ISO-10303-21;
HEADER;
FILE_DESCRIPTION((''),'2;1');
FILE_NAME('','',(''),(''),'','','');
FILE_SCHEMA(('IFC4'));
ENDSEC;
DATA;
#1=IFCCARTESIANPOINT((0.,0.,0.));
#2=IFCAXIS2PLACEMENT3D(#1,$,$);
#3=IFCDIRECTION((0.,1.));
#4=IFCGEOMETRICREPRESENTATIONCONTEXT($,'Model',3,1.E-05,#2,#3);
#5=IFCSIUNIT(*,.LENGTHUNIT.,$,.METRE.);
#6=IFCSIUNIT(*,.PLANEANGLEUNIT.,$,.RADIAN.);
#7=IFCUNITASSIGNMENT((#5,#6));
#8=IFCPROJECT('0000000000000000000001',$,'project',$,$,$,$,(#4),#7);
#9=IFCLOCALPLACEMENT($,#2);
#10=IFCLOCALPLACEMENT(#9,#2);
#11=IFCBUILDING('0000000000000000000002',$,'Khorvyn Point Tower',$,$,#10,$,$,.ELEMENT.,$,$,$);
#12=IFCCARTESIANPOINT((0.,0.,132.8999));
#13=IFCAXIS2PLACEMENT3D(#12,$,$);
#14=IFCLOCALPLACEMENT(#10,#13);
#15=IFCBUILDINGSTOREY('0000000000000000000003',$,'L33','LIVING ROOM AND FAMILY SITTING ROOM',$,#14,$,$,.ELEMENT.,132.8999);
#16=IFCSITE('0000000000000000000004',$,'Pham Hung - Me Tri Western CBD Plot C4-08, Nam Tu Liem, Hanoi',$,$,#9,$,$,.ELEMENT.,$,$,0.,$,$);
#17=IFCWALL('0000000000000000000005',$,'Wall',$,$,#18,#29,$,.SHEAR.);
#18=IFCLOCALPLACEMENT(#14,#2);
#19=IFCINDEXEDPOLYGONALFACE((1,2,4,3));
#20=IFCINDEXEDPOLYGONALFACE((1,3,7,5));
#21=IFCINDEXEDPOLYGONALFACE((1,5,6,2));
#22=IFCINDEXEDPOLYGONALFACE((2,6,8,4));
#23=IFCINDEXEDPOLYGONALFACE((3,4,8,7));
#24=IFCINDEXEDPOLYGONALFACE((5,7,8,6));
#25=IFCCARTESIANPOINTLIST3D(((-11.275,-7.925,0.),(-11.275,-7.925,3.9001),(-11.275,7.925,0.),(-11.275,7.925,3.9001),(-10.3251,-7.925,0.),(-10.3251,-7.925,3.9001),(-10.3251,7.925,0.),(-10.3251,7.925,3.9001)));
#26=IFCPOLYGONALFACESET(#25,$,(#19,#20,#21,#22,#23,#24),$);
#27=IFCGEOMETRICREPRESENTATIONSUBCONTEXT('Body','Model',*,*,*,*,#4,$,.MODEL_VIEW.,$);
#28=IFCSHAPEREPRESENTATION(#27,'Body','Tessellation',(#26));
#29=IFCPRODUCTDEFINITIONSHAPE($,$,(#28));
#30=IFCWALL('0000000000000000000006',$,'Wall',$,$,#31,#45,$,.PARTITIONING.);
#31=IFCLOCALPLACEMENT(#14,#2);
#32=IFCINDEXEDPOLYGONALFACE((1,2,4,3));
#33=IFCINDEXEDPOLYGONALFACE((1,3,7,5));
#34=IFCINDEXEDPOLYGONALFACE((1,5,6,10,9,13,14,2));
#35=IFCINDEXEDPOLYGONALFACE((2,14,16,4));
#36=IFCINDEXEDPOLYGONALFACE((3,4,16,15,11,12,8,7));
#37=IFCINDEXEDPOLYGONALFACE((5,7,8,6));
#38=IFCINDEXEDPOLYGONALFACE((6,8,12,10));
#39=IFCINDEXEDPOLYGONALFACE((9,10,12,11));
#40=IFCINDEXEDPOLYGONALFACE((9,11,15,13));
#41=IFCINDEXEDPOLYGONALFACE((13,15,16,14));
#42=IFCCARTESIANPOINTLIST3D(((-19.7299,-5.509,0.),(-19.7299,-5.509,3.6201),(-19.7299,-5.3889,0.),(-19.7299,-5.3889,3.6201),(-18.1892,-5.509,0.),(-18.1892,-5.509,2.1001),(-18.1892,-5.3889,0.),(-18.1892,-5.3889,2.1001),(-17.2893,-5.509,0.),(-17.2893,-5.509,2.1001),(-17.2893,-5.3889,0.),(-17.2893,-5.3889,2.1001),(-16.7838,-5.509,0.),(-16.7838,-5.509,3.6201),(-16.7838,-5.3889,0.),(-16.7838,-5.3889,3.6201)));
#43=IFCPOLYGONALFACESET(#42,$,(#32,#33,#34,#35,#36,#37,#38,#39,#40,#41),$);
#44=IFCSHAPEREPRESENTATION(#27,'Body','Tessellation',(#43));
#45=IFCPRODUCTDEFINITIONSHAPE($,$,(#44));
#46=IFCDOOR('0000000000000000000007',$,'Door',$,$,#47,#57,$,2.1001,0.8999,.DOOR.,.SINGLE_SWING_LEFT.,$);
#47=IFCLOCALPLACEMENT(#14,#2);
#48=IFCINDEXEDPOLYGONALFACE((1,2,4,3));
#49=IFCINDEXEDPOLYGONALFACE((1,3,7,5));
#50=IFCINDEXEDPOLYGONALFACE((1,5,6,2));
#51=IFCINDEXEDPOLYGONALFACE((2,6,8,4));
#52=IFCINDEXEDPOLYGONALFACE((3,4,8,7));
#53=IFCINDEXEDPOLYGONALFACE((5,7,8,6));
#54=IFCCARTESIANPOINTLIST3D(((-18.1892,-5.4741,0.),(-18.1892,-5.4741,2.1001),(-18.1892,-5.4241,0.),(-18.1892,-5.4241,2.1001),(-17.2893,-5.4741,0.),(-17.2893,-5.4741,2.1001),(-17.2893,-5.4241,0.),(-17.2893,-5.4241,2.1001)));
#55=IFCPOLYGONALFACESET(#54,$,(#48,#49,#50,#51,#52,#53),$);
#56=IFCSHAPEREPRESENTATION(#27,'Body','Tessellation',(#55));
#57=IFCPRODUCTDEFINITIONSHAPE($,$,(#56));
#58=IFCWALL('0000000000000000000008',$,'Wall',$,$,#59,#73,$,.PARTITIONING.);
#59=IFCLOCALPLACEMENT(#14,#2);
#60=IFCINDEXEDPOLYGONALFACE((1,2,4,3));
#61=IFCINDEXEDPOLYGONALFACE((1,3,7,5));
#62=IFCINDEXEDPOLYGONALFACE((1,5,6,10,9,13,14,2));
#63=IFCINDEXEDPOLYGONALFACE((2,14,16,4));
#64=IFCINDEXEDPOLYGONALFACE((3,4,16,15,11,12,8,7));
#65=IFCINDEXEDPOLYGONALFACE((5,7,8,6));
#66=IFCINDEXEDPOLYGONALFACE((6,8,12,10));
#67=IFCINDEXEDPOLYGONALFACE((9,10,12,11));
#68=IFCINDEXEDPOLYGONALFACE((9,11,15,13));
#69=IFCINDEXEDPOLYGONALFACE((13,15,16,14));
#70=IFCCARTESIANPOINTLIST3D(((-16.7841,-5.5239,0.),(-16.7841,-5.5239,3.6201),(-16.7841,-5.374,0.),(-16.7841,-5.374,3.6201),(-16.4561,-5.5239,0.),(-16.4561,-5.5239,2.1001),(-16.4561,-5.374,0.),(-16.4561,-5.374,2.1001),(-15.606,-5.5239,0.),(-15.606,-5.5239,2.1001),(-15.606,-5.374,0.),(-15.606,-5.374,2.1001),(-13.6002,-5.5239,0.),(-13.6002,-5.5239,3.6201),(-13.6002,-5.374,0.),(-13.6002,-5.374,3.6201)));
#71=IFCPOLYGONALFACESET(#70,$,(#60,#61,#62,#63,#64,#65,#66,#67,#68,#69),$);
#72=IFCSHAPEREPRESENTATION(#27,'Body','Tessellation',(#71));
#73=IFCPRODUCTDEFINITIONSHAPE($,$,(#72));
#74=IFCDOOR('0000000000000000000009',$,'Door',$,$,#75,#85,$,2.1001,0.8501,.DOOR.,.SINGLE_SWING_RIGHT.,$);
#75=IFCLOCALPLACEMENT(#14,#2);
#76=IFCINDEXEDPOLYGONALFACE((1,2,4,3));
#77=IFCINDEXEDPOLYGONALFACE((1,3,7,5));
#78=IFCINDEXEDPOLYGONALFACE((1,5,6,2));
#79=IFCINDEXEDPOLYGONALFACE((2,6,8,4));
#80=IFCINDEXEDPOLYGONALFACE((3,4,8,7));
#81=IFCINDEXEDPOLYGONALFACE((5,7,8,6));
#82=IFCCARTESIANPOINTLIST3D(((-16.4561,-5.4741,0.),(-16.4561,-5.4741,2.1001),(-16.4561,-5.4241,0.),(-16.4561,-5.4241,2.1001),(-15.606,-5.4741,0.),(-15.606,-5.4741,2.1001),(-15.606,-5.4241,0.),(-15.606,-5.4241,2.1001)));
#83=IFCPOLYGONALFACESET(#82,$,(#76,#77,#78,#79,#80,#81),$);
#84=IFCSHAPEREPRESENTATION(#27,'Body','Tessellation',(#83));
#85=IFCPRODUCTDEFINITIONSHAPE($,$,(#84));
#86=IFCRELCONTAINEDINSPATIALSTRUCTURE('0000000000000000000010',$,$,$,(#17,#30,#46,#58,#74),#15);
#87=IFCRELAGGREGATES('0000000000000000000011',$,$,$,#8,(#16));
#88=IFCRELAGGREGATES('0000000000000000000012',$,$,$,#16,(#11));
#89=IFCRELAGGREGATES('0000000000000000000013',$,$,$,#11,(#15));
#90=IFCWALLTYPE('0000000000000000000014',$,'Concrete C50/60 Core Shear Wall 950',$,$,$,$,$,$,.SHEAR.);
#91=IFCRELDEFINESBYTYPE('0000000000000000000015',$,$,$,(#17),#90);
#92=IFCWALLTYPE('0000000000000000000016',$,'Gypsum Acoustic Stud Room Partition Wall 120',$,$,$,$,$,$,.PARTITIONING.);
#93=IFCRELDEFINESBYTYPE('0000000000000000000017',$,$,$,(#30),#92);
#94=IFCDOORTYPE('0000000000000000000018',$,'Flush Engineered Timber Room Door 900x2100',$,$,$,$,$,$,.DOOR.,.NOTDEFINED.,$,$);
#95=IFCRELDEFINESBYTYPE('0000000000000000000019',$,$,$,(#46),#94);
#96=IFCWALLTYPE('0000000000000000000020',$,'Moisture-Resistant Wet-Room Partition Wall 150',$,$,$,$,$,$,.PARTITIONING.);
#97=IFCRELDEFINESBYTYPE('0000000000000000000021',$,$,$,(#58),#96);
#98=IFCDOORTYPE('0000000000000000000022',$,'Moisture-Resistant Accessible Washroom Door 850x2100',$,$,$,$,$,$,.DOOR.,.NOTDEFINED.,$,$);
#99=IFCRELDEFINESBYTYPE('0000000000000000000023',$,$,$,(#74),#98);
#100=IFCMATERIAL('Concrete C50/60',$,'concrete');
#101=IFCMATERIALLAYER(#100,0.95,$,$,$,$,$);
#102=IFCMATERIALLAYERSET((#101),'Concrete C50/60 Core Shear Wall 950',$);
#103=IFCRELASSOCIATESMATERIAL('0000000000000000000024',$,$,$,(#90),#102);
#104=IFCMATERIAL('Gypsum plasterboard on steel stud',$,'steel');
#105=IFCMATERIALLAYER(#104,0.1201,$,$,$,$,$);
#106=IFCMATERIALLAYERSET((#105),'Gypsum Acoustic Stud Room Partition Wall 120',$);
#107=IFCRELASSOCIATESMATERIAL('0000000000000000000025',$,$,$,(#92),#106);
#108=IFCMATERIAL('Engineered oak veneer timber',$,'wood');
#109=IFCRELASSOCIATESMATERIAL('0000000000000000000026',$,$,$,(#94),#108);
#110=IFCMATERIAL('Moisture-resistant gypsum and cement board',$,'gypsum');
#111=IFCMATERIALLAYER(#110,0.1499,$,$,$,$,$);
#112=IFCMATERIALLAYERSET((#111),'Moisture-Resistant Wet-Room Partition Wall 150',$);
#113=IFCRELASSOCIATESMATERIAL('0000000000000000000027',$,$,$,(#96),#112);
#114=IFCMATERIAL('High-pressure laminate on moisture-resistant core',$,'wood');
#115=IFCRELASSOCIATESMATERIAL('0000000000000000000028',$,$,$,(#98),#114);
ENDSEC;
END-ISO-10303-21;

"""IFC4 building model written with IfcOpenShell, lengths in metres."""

from ifc_helpers import new_model, si_unit, direction, frame, frame_2d, origin, place, context, subcontext, project, spatial, rectangle, extrude, material, layer, layer_set, type_object, element, fill, save


model = new_model("IFC4")

# Units and contexts
model_context = context("Model", 3, precision=1e-05, world=origin(), true_north=direction((0.0, 1.0)))
body_context = subcontext(model_context, "Body", "Model", "MODEL_VIEW")
ifc_project = project(units=[si_unit("LENGTHUNIT", "METRE"), si_unit("PLANEANGLEUNIT", "RADIAN")], contexts=[model_context])

# Site, building, storey
site_placement = place(None, origin())
site = spatial("IfcSite", under=ifc_project, at=site_placement, Name="Pham Hung - Me Tri Western CBD Plot C4-08, Nam Tu Liem, Hanoi", CompositionType="ELEMENT", RefElevation=0.0)
building_placement = place(site_placement, origin())
building = spatial("IfcBuilding", under=site, at=building_placement, Name="Khorvyn Point Tower", CompositionType="ELEMENT")
storey_placement = place(building_placement, frame((0.0, 0.0, 132.8999)))
storey = spatial("IfcBuildingStorey", under=building, at=storey_placement, Name="L33", Description="LIVING ROOM AND FAMILY SITTING ROOM", CompositionType="ELEMENT", Elevation=132.8999)

# Shared definitions
ifc_material_1 = material(Name="Concrete C50/60", Category="concrete")

# Wall
ifc_layer_1 = layer(ifc_material_1, 0.95)
ifc_layer_set_1 = layer_set([ifc_layer_1], Name="Concrete C50/60 Core Shear Wall 950")
wall_type_1 = type_object("IfcWallType", Name="Concrete C50/60 Core Shear Wall 950", PredefinedType="SHEAR", material=ifc_layer_set_1)
wall_1_placement = place(storey_placement, frame((-10.8, -7.925, 0.0), z_axis=(0.0, 0.0, 1.0), x_axis=(0.0, 1.0, 0.0)))
element("IfcWall", 1, at=wall_1_placement, inside=storey, type_object=wall_type_1, Name="Wall", PredefinedType="SHEAR", context=body_context, shape_type="SweptSolid", body=[
    extrude(rectangle(XDim=15.8501, YDim=0.95, at=frame_2d((7.925, 0.0))), origin(), (0.0, 0.0, 1.0), 3.9001),
])

# Walls, openings, doors
ifc_material_2 = material(Name="Gypsum plasterboard on steel stud", Category="steel")
ifc_layer_2 = layer(ifc_material_2, 0.1201)
ifc_layer_set_2 = layer_set([ifc_layer_2], Name="Gypsum Acoustic Stud Room Partition Wall 120")
wall_type_2 = type_object("IfcWallType", Name="Gypsum Acoustic Stud Room Partition Wall 120", PredefinedType="PARTITIONING", material=ifc_layer_set_2)
wall_2_placement = place(storey_placement, frame((-19.73, -5.449, 0.0), z_axis=(0.0, 0.0, 1.0), x_axis=(1.0, 0.0, 0.0)))
wall_2 = element("IfcWall", 2, at=wall_2_placement, inside=storey, type_object=wall_type_2, Name="Wall", PredefinedType="PARTITIONING", context=body_context, shape_type="SweptSolid", body=[
    extrude(rectangle(XDim=2.946, YDim=0.1201, at=frame_2d((1.4731, 0.0))), origin(), (0.0, 0.0, 1.0), 3.6201),
])
opening_1_placement = place(wall_2_placement, frame((1.5408, 0.0, 0.0)))
opening_1 = element("IfcOpeningElement", 3, at=opening_1_placement, cuts=wall_2, PredefinedType="OPENING", context=body_context, shape_type="SweptSolid", body=[
    extrude(rectangle(XDim=0.8999, YDim=2.1001, at=frame_2d((0.45, 1.05))), frame((0.0, 0.0701, 0.0), z_axis=(0.0, -1.0, 0.0), x_axis=(1.0, 0.0, 0.0)), (0.0, 0.0, 1.0), 0.1401),
])
ifc_material_3 = material(Name="Engineered oak veneer timber", Category="wood")
door_type_1 = type_object("IfcDoorType", Name="Flush Engineered Timber Room Door 900x2100", OperationType="NOTDEFINED", PredefinedType="DOOR", material=ifc_material_3)
door_1_placement = place(opening_1_placement, origin())
door_1 = element("IfcDoor", 4, at=door_1_placement, inside=storey, type_object=door_type_1, Name="Door", OperationType="SINGLE_SWING_LEFT", OverallHeight=2.1001, OverallWidth=0.8999, PredefinedType="DOOR", context=body_context, shape_type="SweptSolid", body=[
    extrude(rectangle(XDim=0.8999, YDim=2.1001, at=frame_2d((0.45, 1.05))), frame((0.0, 0.0249, 0.0), z_axis=(0.0, -1.0, 0.0), x_axis=(1.0, 0.0, 0.0)), (0.0, 0.0, 1.0), 0.05),
])
fill(opening_1, door_1)
ifc_material_4 = material(Name="Moisture-resistant gypsum and cement board", Category="gypsum")
ifc_layer_3 = layer(ifc_material_4, 0.1499)
ifc_layer_set_3 = layer_set([ifc_layer_3], Name="Moisture-Resistant Wet-Room Partition Wall 150")
wall_type_3 = type_object("IfcWallType", Name="Moisture-Resistant Wet-Room Partition Wall 150", PredefinedType="PARTITIONING", material=ifc_layer_set_3)
wall_3_placement = place(storey_placement, frame((-16.7839, -5.449, 0.0), z_axis=(0.0, 0.0, 1.0), x_axis=(1.0, 0.0, 0.0)))
wall_3 = element("IfcWall", 5, at=wall_3_placement, inside=storey, type_object=wall_type_3, Name="Wall", PredefinedType="PARTITIONING", context=body_context, shape_type="SweptSolid", body=[
    extrude(rectangle(XDim=3.1838, YDim=0.1499, at=frame_2d((1.5918, 0.0))), origin(), (0.0, 0.0, 1.0), 3.6201),
])
opening_2_placement = place(wall_3_placement, frame((0.3279, 0.0, 0.0)))
opening_2 = element("IfcOpeningElement", 6, at=opening_2_placement, cuts=wall_3, PredefinedType="OPENING", context=body_context, shape_type="SweptSolid", body=[
    extrude(rectangle(XDim=0.8501, YDim=2.1001, at=frame_2d((0.425, 1.05))), frame((0.0, 0.085, 0.0), z_axis=(0.0, -1.0, 0.0), x_axis=(1.0, 0.0, 0.0)), (0.0, 0.0, 1.0), 0.1699),
])
ifc_material_5 = material(Name="High-pressure laminate on moisture-resistant core", Category="wood")
door_type_2 = type_object("IfcDoorType", Name="Moisture-Resistant Accessible Washroom Door 850x2100", OperationType="NOTDEFINED", PredefinedType="DOOR", material=ifc_material_5)
door_2_placement = place(opening_2_placement, origin())
door_2 = element("IfcDoor", 7, at=door_2_placement, inside=storey, type_object=door_type_2, Name="Door", OperationType="SINGLE_SWING_RIGHT", OverallHeight=2.1001, OverallWidth=0.8501, PredefinedType="DOOR", context=body_context, shape_type="SweptSolid", body=[
    extrude(rectangle(XDim=0.8501, YDim=2.1001, at=frame_2d((0.425, 1.05))), frame((0.0, 0.0249, 0.0), z_axis=(0.0, -1.0, 0.0), x_axis=(1.0, 0.0, 0.0)), (0.0, 0.0, 1.0), 0.05),
])
fill(opening_2, door_2)

save(model, "model.ifc")
